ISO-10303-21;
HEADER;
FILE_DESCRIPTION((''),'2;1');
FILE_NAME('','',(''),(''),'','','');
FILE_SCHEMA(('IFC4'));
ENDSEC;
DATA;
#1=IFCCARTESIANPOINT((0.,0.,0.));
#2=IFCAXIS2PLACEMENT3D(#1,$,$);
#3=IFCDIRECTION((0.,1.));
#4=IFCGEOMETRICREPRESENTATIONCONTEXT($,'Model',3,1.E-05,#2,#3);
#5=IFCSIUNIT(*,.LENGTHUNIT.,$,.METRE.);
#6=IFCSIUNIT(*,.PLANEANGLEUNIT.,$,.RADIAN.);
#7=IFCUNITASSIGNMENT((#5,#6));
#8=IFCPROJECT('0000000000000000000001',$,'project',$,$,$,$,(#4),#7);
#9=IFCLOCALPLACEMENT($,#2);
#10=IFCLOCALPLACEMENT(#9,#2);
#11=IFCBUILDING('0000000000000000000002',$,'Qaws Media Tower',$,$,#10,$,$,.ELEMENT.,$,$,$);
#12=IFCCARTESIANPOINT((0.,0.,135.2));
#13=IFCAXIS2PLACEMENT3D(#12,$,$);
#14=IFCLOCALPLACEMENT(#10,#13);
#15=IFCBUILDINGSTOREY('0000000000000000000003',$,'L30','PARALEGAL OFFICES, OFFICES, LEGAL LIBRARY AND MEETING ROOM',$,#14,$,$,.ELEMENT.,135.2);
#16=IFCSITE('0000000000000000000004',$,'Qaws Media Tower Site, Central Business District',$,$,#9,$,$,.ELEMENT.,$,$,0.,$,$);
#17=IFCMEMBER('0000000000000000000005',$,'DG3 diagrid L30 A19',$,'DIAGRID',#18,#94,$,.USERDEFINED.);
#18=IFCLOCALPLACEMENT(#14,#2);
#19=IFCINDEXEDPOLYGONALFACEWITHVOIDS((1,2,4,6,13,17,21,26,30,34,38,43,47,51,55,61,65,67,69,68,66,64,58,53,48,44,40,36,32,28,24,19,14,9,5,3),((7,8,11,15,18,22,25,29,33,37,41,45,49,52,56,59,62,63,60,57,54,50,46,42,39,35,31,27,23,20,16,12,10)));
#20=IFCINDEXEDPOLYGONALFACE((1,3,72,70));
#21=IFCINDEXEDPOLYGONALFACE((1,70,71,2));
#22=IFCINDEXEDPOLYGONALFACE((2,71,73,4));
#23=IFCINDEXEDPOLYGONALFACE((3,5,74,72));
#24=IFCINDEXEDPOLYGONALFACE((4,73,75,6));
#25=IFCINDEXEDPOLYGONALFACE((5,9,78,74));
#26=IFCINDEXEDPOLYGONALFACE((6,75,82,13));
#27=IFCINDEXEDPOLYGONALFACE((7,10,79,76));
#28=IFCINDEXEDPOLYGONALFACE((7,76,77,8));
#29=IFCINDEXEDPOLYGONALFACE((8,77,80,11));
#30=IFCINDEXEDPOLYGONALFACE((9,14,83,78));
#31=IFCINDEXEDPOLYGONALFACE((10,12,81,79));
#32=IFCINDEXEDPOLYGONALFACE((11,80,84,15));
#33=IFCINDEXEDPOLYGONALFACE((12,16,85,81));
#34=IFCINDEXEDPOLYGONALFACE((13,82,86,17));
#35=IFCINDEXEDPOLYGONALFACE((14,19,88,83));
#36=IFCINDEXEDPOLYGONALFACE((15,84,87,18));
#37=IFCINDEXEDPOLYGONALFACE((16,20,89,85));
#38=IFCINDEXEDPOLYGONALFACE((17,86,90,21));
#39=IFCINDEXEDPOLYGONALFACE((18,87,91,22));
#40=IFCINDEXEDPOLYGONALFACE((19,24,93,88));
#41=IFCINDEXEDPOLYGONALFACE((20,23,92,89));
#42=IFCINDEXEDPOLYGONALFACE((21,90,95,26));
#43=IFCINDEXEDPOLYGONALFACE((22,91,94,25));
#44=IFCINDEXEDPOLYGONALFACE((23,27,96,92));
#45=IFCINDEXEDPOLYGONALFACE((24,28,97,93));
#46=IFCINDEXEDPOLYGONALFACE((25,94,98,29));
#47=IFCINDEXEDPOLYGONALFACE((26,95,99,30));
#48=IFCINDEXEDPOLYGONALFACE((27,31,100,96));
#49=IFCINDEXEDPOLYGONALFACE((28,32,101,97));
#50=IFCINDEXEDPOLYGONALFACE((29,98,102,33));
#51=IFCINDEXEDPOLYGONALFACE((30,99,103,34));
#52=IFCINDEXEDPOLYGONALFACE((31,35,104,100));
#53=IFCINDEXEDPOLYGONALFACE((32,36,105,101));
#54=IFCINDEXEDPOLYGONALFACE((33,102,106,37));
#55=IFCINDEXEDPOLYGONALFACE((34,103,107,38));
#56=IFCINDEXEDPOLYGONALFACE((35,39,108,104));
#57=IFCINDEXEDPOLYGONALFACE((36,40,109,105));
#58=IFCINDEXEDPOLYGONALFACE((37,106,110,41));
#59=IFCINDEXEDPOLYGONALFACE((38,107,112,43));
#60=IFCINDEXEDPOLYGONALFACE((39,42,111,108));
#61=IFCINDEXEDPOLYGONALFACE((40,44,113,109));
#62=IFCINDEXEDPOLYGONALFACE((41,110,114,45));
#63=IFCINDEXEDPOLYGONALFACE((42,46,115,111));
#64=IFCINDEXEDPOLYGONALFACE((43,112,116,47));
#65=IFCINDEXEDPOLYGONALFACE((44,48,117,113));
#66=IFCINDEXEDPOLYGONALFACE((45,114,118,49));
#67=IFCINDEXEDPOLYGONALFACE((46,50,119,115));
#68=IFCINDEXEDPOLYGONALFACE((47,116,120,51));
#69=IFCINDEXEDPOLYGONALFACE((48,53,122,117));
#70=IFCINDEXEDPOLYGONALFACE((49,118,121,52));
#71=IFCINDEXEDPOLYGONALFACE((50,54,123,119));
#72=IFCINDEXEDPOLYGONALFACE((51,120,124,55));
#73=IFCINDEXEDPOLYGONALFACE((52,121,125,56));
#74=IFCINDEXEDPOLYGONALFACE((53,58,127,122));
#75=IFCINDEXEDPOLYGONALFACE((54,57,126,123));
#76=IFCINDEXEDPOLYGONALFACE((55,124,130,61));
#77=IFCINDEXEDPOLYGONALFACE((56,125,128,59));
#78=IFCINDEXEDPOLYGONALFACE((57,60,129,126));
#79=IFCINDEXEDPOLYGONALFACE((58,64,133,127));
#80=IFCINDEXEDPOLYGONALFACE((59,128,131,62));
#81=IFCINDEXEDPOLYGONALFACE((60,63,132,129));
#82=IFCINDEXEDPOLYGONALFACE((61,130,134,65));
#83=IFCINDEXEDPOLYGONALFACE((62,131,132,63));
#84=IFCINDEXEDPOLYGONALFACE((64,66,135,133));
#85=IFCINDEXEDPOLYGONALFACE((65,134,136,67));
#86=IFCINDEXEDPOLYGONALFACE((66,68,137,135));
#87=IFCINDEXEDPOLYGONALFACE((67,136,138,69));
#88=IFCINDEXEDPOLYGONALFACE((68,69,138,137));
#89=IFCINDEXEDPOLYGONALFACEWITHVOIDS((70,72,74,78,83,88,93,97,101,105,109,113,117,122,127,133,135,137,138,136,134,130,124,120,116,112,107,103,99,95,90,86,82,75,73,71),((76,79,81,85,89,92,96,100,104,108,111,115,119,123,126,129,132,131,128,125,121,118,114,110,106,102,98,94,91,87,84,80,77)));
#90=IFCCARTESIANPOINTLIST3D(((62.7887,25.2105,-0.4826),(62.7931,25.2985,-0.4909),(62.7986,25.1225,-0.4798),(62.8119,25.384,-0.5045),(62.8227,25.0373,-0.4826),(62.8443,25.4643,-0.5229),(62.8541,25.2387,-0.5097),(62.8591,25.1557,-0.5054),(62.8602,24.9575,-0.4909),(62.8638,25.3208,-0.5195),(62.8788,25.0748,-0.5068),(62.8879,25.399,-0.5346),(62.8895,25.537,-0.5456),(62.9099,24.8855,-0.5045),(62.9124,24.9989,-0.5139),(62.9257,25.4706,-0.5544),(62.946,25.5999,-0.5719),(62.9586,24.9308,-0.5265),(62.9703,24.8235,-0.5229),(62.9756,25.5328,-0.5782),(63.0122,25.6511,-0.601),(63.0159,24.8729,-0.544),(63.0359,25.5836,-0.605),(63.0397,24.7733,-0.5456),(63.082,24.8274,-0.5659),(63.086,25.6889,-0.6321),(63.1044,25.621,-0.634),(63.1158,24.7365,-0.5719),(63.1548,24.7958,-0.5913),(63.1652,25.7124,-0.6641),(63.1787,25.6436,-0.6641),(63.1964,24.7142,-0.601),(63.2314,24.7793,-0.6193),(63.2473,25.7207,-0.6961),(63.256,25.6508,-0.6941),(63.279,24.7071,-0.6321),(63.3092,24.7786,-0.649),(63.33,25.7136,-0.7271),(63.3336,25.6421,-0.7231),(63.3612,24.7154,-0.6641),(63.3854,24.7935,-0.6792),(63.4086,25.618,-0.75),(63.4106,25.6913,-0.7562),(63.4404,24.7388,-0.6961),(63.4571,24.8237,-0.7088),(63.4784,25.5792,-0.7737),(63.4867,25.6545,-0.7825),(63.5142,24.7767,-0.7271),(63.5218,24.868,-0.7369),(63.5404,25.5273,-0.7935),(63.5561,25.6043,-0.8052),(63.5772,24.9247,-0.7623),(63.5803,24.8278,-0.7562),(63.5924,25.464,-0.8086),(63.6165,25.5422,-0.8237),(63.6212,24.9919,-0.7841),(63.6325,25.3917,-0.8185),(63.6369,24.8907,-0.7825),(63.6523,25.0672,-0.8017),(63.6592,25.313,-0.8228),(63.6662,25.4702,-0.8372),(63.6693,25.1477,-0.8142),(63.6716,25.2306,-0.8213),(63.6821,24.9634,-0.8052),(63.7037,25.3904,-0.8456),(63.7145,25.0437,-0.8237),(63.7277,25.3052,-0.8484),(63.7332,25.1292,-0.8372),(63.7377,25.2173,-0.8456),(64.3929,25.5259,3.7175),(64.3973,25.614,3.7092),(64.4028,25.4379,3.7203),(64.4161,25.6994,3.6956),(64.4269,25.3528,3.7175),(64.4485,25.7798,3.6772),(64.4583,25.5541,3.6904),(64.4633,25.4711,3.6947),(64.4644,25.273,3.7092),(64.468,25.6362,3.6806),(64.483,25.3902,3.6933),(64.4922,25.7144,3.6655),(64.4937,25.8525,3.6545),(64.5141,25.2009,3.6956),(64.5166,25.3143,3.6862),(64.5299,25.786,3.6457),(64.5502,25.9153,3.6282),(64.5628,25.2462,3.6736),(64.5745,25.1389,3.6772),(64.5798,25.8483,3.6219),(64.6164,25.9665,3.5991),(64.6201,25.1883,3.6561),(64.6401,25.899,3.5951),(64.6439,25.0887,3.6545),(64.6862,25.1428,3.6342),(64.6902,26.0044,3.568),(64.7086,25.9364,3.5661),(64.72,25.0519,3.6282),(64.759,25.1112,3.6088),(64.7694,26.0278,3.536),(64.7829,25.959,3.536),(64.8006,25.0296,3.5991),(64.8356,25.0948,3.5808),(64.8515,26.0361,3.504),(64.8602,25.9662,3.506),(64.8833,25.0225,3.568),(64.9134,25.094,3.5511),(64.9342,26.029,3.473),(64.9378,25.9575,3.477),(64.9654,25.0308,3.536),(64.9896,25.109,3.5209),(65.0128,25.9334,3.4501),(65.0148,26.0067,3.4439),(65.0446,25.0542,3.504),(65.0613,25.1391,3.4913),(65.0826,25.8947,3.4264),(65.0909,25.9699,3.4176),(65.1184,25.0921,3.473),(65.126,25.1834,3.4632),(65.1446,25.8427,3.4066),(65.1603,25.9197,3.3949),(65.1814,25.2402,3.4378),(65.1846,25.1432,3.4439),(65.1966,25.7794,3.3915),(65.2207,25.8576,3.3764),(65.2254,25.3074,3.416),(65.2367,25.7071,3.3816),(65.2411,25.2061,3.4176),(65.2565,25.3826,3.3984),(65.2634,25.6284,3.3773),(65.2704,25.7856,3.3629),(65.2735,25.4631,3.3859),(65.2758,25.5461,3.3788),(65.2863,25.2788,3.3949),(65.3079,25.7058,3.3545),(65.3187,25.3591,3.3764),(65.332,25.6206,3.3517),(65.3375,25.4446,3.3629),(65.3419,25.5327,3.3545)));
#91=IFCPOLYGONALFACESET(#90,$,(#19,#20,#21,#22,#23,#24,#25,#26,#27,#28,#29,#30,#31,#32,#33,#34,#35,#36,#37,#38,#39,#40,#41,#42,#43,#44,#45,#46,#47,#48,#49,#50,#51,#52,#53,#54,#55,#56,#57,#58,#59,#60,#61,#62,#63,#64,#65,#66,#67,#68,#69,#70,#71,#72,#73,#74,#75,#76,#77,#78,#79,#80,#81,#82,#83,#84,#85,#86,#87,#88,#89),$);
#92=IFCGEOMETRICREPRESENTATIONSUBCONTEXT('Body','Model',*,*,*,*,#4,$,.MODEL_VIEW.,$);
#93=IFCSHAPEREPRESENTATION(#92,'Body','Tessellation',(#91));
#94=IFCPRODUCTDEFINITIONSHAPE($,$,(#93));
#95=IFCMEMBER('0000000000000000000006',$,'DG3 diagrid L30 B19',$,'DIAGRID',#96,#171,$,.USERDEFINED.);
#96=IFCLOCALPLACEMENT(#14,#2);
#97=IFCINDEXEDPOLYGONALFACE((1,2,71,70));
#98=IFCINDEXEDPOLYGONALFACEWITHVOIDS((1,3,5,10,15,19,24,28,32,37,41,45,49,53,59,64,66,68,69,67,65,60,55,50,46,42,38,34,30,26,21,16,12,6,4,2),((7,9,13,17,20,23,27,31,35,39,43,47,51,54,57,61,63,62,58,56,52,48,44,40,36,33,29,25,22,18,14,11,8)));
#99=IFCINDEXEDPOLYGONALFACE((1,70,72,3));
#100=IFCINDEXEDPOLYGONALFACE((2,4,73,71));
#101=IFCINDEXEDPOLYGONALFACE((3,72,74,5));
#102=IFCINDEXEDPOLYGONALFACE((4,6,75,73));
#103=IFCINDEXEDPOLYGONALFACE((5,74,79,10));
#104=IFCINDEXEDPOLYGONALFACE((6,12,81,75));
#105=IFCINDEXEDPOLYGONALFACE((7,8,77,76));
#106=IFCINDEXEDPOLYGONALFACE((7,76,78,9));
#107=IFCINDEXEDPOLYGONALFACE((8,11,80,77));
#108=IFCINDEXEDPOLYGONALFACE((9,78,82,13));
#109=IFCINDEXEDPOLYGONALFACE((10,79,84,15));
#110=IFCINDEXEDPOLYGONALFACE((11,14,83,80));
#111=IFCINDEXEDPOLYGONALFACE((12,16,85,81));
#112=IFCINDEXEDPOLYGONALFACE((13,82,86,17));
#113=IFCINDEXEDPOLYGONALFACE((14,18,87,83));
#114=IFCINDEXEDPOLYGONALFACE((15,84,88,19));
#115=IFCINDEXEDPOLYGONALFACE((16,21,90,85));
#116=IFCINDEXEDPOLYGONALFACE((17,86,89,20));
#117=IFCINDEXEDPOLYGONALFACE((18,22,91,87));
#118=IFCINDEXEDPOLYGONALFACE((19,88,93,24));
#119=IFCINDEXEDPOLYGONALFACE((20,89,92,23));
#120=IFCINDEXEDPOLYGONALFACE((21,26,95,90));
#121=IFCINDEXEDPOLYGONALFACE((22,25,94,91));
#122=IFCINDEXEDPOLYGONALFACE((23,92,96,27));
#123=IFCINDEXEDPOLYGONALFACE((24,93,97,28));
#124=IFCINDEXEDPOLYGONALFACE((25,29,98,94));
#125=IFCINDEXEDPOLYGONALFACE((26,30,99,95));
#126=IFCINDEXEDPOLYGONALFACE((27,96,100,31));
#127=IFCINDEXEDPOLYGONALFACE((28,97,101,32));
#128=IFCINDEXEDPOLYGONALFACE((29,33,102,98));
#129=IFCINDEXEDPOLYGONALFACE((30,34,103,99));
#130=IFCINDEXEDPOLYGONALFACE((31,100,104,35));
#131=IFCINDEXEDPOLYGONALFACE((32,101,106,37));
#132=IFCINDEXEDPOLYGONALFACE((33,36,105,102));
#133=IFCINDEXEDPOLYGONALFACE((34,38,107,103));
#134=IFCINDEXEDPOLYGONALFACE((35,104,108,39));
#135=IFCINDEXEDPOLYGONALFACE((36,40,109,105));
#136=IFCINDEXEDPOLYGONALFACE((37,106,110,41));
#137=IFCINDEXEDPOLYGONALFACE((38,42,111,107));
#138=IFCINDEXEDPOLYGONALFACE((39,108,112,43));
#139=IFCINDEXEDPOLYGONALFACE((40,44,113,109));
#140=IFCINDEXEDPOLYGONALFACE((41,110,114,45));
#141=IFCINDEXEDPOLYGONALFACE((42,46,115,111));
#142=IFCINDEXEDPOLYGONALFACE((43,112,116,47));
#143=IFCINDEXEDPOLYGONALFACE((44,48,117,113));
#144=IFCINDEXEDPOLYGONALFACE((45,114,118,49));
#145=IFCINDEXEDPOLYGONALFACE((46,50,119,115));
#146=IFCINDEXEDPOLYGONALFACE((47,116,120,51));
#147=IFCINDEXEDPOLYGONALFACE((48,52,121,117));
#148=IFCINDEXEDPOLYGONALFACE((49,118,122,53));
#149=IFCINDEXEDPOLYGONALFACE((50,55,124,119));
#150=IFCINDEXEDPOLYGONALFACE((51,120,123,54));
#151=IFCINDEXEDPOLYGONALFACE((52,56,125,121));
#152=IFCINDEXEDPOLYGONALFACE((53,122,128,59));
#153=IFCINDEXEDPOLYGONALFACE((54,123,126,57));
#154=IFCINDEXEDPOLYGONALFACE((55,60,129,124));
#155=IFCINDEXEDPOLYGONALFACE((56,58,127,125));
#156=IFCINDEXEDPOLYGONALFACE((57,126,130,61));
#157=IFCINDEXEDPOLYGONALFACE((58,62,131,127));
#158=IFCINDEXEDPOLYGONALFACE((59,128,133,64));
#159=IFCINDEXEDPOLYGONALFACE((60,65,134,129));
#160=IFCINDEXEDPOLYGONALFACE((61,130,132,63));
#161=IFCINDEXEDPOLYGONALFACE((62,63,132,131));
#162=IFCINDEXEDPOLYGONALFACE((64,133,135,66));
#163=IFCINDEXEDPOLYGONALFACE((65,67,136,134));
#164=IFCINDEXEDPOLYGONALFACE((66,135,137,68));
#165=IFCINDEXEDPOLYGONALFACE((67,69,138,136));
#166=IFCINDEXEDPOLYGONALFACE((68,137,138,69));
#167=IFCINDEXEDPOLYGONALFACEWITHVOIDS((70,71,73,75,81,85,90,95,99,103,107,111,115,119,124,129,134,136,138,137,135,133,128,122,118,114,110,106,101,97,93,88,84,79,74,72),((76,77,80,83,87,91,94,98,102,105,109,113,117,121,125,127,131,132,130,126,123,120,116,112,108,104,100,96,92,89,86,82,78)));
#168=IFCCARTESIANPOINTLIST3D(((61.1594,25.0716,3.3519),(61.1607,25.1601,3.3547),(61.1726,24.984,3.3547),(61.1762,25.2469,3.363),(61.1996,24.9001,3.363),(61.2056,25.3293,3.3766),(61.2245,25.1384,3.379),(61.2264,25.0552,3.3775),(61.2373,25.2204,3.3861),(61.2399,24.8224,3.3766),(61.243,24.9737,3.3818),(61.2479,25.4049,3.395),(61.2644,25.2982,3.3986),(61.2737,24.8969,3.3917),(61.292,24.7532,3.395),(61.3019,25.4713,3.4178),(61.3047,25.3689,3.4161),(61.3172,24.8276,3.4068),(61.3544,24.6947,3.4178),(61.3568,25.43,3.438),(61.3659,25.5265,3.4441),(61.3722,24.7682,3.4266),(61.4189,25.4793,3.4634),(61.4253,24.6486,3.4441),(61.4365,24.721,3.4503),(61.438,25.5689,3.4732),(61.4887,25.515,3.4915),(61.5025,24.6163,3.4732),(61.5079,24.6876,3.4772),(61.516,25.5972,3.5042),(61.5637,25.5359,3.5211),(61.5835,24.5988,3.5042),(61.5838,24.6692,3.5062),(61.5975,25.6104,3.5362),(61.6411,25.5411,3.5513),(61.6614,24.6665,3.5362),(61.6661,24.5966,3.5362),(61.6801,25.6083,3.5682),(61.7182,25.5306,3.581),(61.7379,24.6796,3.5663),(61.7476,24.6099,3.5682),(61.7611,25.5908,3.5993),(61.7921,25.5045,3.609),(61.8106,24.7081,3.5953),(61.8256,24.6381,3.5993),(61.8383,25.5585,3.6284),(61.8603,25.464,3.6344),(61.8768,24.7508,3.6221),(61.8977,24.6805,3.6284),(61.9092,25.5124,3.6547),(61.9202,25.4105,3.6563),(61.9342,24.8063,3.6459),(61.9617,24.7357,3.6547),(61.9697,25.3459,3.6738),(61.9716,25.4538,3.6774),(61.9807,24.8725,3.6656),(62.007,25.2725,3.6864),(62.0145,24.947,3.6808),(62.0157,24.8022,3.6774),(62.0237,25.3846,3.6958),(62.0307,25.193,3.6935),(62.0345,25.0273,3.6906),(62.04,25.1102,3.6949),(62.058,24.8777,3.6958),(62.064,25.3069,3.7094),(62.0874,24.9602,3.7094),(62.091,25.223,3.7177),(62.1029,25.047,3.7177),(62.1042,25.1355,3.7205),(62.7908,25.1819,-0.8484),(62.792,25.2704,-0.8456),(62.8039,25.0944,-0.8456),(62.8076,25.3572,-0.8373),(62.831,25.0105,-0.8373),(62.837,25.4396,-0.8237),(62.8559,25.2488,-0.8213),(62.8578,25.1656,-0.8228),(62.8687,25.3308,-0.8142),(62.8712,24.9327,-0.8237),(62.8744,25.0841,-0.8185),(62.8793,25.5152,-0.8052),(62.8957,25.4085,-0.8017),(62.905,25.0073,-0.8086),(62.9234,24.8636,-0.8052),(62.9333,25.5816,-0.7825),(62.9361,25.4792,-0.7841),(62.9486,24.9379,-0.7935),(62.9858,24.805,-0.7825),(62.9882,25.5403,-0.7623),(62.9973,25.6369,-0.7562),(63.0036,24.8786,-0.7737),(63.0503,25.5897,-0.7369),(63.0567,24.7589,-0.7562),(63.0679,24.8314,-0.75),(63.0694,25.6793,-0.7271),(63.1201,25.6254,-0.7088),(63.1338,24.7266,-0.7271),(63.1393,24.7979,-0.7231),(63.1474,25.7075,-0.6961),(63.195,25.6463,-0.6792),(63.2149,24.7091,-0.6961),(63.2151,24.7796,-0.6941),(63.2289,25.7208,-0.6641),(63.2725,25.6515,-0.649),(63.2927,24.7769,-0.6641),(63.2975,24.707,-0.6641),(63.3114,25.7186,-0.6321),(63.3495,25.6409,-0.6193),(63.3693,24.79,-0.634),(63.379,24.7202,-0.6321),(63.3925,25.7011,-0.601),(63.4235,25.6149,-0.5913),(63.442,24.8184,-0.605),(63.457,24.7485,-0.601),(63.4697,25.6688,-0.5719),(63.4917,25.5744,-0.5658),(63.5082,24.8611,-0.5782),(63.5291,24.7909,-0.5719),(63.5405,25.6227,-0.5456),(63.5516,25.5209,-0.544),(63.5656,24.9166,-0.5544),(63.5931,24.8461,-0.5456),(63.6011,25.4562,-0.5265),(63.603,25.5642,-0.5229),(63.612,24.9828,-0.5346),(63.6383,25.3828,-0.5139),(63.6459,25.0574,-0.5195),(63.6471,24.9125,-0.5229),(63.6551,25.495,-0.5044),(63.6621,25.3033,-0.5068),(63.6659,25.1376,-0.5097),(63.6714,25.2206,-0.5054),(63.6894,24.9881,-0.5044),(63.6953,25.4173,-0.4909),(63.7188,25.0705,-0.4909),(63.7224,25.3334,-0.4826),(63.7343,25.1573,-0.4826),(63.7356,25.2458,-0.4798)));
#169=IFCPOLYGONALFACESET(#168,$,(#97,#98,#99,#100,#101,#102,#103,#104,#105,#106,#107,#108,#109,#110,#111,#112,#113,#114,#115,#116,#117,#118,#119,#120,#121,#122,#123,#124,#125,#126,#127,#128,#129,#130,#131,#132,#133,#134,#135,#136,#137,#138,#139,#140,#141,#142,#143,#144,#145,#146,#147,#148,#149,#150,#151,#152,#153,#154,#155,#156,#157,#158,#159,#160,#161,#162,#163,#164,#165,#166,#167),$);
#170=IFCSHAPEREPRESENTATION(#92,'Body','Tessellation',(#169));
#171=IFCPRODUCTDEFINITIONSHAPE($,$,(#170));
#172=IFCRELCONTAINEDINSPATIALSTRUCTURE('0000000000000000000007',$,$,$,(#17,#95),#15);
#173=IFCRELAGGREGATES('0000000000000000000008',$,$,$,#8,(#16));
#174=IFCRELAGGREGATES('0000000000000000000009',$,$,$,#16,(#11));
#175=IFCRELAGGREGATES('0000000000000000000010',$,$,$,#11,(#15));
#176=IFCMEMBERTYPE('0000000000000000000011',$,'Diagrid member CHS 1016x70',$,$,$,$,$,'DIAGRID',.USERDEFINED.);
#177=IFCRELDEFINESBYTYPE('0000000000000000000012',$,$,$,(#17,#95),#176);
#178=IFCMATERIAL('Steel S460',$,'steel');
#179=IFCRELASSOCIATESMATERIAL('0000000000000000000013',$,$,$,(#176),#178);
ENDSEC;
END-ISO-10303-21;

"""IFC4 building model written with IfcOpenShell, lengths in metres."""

from ifc_helpers import new_model, si_unit, direction, frame, origin, origin_2d, place, context, subcontext, project, spatial, hollow_circle, extrude, material, material_profile, profile_set, type_object, element, save


model = new_model("IFC4")

# Units and contexts
model_context = context("Model", 3, precision=1e-05, world=origin(), true_north=direction((0.0, 1.0)))
body_context = subcontext(model_context, "Body", "Model", "MODEL_VIEW")
ifc_project = project(units=[si_unit("LENGTHUNIT", "METRE"), si_unit("PLANEANGLEUNIT", "RADIAN")], contexts=[model_context])

# Site, building, storey
site_placement = place(None, origin())
site = spatial("IfcSite", under=ifc_project, at=site_placement, Name="Qaws Media Tower Site, Central Business District", CompositionType="ELEMENT", RefElevation=0.0)
building_placement = place(site_placement, origin())
building = spatial("IfcBuilding", under=site, at=building_placement, Name="Qaws Media Tower", CompositionType="ELEMENT")
storey_placement = place(building_placement, frame((0.0, 0.0, 135.2)))
storey = spatial("IfcBuildingStorey", under=building, at=storey_placement, Name="L30", Description="PARALEGAL OFFICES, OFFICES, LEGAL LIBRARY AND MEETING ROOM", CompositionType="ELEMENT", Elevation=135.2)

# Members
ifc_material_1 = material(Name="Steel S460", Category="steel")
ifc_material_profile_1 = material_profile(ifc_material_1, hollow_circle(Radius=0.5081, WallThickness=0.0701, at=origin_2d()), Name="CHS 1016x70")
ifc_profile_set_1 = profile_set([ifc_material_profile_1], Name="Steel S460")
member_type_1 = type_object("IfcMemberType", Name="Diagrid member CHS 1016x70", ElementType="DIAGRID", PredefinedType="USERDEFINED", material=ifc_profile_set_1)
for number, where, z_axis, x_axis, name in (
    (1, (63.2632, 25.2139, -0.6641), (0.355931, 0.069984, 0.931888), (-0.192928, 0.981213, 0.0), "DG3 diagrid L30 A19"),
):
    element("IfcMember", number, at=place(storey_placement, frame(where, z_axis=z_axis, x_axis=x_axis)), inside=storey, type_object=member_type_1, Name=name, ObjectType="DIAGRID", PredefinedType="USERDEFINED", context=body_context, shape_type="SweptSolid", body=[
        extrude(hollow_circle(Radius=0.5081, WallThickness=0.0701, at=origin_2d()), origin(), (0.0, 0.0, 1.0), 4.5071),
    ])
for number, where, z_axis, x_axis, name in (
    (2, (63.2632, 25.2139, -0.6641), (-0.36194, -0.024483, 0.93188), (0.06749, -0.99772, 0.0), "DG3 diagrid L30 B19"),
):
    element("IfcMember", number, at=place(storey_placement, frame(where, z_axis=z_axis, x_axis=x_axis)), inside=storey, type_object=member_type_1, Name=name, ObjectType="DIAGRID", PredefinedType="USERDEFINED", context=body_context, shape_type="SweptSolid", body=[
        extrude(hollow_circle(Radius=0.5081, WallThickness=0.0701, at=origin_2d()), origin(), (0.0, 0.0, 1.0), 4.5073),
    ])

save(model, "model.ifc")
